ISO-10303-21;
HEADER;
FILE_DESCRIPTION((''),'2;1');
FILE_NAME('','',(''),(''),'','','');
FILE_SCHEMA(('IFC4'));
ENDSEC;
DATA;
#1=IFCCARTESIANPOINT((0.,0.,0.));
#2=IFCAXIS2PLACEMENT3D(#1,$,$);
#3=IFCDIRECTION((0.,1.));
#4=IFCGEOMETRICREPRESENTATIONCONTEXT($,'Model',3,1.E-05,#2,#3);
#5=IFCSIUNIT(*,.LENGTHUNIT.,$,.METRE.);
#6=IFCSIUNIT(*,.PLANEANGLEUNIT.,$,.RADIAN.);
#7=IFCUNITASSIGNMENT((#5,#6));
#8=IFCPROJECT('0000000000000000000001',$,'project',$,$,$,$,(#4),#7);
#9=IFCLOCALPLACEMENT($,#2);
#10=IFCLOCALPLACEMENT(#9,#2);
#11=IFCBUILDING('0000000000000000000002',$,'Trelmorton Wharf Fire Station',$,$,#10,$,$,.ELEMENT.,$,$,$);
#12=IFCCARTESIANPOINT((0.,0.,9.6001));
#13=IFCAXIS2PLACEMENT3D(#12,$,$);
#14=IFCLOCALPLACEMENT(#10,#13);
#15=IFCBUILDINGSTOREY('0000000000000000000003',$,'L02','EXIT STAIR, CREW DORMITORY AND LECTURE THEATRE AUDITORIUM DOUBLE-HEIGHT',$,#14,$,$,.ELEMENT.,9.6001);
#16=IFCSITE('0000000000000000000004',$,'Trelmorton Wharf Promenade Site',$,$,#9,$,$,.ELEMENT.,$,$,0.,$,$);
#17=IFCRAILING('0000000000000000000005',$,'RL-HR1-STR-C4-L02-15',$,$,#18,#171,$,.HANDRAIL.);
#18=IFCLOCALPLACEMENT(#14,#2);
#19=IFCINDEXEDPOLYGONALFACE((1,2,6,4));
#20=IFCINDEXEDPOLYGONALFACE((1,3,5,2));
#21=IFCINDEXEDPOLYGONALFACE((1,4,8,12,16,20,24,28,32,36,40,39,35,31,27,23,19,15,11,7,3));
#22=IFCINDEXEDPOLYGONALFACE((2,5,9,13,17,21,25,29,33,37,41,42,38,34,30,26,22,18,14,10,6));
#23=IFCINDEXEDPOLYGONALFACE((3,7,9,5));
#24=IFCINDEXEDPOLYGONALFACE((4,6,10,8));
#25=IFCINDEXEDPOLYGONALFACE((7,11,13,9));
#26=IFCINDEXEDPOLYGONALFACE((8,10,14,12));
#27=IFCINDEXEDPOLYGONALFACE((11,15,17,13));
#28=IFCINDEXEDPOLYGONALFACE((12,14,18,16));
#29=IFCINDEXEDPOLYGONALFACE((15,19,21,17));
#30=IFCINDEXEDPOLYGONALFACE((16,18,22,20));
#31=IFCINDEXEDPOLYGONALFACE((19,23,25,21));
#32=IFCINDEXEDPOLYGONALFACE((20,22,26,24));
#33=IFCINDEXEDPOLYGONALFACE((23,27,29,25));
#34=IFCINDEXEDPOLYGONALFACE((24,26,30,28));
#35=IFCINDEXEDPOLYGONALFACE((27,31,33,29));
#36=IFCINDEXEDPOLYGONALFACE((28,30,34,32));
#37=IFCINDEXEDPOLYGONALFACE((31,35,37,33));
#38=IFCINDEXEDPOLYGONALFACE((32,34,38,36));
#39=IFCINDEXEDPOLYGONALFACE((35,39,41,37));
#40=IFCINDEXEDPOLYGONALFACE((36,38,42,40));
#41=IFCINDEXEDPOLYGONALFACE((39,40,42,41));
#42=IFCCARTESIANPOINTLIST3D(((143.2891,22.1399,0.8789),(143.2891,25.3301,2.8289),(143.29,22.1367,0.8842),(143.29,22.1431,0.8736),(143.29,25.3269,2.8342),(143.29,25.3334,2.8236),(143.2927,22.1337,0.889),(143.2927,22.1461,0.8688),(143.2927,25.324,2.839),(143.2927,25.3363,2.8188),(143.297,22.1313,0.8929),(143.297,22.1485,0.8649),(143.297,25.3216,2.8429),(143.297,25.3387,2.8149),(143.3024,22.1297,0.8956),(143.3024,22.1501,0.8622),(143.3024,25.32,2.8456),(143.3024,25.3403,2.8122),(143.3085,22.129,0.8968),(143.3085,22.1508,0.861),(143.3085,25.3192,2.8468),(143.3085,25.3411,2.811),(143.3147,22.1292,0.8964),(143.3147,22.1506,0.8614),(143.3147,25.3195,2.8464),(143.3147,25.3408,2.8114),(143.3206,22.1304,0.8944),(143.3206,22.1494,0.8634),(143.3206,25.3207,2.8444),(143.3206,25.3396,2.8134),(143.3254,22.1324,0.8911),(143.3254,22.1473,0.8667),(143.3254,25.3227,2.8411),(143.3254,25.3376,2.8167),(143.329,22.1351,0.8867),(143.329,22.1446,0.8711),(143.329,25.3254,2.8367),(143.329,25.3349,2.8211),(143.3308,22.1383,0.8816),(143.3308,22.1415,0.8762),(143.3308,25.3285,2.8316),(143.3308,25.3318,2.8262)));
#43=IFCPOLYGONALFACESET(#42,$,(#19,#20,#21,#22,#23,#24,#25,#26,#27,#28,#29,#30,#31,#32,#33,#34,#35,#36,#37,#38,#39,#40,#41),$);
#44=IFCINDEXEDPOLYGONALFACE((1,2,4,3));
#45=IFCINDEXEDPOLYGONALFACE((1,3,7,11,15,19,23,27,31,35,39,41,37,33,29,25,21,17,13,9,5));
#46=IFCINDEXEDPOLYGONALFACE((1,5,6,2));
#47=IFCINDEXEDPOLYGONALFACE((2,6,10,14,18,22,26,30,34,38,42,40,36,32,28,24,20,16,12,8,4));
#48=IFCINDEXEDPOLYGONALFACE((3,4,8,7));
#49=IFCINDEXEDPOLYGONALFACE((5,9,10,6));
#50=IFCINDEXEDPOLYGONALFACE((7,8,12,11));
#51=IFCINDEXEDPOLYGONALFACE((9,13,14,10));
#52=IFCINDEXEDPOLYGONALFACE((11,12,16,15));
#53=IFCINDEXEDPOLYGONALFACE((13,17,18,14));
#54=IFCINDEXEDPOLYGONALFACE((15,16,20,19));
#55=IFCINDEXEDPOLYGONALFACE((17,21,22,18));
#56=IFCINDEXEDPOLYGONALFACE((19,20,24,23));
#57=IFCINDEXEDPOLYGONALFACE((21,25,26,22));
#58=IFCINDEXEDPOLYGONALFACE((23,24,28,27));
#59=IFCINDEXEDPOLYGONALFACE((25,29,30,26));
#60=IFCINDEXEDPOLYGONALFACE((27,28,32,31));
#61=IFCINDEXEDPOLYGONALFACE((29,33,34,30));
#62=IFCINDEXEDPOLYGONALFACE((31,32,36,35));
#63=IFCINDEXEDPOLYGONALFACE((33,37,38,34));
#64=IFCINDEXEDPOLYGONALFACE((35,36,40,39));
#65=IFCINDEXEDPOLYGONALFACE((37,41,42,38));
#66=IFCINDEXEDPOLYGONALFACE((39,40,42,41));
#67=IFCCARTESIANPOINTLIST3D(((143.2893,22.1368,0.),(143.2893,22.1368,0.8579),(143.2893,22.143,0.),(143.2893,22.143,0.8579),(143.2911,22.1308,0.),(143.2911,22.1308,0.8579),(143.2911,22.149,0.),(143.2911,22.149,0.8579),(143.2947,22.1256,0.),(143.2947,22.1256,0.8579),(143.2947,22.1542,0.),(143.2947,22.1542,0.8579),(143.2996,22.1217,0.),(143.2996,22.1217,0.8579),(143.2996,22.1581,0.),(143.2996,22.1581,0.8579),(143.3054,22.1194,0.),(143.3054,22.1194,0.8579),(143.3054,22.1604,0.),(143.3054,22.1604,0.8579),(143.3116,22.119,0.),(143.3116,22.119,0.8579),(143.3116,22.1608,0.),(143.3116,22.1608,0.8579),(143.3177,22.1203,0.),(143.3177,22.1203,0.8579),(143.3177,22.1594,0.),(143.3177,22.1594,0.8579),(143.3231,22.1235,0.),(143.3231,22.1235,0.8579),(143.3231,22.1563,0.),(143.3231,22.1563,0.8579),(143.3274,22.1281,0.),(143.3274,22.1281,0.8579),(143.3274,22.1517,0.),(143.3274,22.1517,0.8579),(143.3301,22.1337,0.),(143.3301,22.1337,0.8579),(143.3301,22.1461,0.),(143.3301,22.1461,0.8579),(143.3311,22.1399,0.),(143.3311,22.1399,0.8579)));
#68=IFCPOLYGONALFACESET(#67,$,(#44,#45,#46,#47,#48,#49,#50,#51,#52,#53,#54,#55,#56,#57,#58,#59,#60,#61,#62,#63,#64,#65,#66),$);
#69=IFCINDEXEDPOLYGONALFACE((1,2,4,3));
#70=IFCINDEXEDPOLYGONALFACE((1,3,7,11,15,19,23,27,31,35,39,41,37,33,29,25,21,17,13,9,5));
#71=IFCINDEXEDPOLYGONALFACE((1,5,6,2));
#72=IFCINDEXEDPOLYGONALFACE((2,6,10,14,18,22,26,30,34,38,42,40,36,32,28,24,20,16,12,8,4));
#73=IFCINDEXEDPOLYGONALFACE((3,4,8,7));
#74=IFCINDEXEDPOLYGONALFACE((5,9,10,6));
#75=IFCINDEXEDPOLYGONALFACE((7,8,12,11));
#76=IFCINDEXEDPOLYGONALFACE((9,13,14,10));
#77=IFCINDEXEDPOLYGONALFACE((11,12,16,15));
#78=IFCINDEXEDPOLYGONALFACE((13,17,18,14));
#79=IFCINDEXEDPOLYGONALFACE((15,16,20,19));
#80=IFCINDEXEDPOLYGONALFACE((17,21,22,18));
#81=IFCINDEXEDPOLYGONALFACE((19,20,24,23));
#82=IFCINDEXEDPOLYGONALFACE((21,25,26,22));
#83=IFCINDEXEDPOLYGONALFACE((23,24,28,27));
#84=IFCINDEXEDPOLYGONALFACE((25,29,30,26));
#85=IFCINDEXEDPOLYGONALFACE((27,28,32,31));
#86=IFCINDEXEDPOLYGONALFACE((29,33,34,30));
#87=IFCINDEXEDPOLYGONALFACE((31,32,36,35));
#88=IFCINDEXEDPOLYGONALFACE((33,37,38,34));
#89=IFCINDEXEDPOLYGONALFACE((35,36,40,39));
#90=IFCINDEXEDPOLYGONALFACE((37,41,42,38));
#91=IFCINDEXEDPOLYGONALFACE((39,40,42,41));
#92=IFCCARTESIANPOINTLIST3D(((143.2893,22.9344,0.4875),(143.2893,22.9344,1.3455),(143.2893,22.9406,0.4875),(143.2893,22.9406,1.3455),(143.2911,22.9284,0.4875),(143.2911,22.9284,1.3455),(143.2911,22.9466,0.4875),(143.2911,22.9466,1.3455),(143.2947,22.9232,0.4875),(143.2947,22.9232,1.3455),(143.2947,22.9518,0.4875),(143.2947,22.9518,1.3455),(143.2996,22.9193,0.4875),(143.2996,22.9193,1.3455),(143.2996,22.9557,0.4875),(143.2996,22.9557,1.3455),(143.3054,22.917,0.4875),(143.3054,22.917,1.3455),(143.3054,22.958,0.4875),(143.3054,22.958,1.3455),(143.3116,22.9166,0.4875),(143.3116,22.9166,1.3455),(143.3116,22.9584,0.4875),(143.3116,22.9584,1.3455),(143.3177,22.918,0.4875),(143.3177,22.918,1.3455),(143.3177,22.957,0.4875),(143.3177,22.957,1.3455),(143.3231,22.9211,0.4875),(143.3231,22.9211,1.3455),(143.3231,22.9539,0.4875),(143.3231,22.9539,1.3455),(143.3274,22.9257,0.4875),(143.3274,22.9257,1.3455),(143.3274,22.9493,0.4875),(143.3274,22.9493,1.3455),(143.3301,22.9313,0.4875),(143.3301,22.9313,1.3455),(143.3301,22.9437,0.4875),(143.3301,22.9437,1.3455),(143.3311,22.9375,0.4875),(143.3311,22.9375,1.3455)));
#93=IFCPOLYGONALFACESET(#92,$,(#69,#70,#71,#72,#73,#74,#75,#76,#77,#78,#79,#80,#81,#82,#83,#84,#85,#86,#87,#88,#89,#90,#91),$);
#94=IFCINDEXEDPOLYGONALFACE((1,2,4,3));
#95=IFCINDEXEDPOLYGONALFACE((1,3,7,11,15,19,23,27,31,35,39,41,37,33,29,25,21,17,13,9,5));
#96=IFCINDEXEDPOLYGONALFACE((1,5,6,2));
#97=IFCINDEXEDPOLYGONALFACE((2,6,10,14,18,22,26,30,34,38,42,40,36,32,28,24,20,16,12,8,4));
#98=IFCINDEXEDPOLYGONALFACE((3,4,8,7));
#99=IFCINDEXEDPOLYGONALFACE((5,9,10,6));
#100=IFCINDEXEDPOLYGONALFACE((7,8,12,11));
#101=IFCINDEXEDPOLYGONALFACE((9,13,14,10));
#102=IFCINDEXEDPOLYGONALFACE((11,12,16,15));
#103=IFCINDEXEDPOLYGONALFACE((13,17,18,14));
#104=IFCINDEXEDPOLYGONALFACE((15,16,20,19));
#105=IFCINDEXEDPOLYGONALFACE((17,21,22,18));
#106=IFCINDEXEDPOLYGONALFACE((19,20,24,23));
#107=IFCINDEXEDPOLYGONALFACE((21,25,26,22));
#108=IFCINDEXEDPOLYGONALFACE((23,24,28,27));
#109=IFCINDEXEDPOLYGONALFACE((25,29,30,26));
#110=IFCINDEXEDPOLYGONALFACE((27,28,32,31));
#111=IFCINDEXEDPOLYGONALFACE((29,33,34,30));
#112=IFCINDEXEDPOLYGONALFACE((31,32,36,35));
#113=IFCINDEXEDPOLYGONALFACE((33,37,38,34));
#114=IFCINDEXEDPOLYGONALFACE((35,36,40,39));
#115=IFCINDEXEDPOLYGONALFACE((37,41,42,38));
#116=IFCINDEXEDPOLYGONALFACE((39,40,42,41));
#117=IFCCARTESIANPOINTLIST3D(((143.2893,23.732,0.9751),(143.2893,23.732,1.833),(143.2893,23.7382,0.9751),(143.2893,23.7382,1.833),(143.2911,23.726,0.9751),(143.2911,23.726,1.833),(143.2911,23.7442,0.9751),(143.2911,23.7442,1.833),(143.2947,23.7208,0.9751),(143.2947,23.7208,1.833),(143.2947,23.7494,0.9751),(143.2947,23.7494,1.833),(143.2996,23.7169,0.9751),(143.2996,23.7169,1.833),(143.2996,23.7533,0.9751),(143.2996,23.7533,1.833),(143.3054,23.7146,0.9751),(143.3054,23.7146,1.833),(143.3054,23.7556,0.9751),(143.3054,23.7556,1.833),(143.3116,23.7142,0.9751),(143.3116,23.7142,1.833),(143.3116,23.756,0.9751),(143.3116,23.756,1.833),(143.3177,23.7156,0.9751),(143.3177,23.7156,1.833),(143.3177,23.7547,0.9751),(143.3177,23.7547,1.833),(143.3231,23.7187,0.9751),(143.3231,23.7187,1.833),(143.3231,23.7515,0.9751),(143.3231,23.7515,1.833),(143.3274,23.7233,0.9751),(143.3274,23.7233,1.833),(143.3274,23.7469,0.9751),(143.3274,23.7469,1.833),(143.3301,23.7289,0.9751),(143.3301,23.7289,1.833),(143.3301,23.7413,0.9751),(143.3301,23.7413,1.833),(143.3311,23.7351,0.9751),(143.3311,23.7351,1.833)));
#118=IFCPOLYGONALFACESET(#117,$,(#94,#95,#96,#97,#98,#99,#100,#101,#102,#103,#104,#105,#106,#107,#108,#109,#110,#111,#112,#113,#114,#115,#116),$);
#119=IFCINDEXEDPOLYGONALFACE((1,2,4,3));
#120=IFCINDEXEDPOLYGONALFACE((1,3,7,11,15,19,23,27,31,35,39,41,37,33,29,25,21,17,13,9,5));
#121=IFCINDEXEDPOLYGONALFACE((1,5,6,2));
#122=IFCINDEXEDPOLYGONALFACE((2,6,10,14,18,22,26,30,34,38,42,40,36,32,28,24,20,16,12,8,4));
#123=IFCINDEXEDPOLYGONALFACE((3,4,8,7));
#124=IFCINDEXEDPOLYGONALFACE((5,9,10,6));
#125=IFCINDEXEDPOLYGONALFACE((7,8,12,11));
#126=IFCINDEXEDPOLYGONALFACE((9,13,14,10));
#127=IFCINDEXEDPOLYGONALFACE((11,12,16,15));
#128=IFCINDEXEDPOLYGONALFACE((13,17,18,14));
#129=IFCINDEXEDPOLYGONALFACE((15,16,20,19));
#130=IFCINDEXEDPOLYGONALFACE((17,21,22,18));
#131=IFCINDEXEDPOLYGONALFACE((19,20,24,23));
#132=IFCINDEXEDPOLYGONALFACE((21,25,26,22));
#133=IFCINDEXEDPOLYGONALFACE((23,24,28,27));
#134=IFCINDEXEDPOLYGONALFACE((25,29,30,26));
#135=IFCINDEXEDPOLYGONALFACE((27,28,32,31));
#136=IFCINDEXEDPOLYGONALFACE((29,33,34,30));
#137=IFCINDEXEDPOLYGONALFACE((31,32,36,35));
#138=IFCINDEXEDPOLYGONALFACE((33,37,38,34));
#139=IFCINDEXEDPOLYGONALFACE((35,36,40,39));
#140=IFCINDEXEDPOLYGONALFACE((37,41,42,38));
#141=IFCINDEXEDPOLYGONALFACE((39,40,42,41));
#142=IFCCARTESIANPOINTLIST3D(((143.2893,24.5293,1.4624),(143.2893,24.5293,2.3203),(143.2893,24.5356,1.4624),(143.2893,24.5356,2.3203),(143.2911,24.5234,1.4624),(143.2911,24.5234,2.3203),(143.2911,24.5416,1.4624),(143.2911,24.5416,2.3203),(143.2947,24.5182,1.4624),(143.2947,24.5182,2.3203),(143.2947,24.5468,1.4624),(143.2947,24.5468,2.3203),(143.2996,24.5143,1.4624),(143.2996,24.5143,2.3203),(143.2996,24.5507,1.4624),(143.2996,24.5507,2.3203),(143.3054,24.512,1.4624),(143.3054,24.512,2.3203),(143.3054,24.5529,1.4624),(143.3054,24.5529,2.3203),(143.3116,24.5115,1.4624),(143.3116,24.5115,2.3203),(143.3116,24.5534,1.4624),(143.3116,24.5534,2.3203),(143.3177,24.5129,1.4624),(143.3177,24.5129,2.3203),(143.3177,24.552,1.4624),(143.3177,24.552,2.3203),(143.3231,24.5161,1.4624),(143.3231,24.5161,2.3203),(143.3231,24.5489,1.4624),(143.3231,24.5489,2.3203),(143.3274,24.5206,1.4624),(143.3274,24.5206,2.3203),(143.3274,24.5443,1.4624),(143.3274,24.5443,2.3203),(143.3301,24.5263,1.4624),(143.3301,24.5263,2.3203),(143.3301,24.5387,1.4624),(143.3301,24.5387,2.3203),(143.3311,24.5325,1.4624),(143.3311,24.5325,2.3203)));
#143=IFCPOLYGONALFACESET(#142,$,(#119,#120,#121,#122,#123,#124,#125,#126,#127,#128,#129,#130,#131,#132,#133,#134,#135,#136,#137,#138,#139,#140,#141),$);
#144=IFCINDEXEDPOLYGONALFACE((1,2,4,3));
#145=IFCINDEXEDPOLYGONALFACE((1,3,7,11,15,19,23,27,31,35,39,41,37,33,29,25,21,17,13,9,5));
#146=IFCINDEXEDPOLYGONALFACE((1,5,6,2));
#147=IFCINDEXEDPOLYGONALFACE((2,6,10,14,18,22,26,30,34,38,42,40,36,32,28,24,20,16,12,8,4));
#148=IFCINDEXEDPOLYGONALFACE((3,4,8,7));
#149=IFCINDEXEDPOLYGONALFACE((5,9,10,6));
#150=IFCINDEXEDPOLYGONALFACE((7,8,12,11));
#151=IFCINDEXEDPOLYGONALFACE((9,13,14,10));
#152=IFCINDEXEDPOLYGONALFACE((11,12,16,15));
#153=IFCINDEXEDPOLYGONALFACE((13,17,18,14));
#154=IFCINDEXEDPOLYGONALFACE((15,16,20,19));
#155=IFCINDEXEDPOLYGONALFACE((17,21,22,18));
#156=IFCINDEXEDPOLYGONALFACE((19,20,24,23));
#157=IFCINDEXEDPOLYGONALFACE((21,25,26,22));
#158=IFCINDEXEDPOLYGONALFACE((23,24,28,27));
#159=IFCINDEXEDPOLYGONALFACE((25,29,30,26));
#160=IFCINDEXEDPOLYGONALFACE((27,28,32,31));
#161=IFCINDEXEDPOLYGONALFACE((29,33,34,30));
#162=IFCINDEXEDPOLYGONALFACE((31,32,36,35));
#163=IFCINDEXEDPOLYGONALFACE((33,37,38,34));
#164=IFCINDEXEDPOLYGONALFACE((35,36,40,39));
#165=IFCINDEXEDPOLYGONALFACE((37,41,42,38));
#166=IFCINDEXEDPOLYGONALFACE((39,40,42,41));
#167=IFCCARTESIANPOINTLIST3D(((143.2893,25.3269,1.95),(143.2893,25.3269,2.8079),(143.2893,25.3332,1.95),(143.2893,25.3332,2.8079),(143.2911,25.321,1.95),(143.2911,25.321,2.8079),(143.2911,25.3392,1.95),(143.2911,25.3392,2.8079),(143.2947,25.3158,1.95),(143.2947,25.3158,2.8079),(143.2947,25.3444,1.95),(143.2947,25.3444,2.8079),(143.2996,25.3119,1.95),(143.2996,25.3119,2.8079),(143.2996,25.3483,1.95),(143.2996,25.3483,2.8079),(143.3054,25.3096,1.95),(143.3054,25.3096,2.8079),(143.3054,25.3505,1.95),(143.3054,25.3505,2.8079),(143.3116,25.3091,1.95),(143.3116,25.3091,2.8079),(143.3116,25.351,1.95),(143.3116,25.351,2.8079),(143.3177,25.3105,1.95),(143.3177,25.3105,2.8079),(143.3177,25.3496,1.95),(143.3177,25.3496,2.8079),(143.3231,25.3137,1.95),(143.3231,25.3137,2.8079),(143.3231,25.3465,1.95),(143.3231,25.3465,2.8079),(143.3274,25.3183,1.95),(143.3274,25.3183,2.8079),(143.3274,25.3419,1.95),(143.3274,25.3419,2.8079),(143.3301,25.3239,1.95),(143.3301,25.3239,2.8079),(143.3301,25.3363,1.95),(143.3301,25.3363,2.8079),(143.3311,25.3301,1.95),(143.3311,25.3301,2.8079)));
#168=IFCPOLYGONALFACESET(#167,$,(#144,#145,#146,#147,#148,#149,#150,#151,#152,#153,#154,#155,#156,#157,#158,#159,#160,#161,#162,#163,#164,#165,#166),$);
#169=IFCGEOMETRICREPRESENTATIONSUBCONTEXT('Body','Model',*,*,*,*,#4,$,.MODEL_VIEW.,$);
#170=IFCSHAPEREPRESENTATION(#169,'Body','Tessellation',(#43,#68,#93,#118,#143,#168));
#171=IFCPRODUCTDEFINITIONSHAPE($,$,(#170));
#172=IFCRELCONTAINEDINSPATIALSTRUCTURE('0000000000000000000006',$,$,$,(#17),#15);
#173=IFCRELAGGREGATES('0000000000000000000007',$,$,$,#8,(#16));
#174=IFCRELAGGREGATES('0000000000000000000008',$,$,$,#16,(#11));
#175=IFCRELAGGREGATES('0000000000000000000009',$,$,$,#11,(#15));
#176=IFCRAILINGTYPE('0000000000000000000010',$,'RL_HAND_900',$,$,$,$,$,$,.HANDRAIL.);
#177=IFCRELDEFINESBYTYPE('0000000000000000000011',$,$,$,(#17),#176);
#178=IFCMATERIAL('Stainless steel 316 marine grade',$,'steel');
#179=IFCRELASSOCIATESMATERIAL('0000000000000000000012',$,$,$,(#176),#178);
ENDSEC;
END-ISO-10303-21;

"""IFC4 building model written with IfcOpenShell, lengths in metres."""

from ifc_helpers import new_model, si_unit, direction, frame, origin, origin_2d, place, context, subcontext, project, spatial, circle, extrude, material, type_object, element, save


model = new_model("IFC4")

# Units and contexts
model_context = context("Model", 3, precision=1e-05, world=origin(), true_north=direction((0.0, 1.0)))
body_context = subcontext(model_context, "Body", "Model", "MODEL_VIEW")
ifc_project = project(units=[si_unit("LENGTHUNIT", "METRE"), si_unit("PLANEANGLEUNIT", "RADIAN")], contexts=[model_context])

# Site, building, storey
site_placement = place(None, origin())
site = spatial("IfcSite", under=ifc_project, at=site_placement, Name="Trelmorton Wharf Promenade Site", CompositionType="ELEMENT", RefElevation=0.0)
building_placement = place(site_placement, origin())
building = spatial("IfcBuilding", under=site, at=building_placement, Name="Trelmorton Wharf Fire Station", CompositionType="ELEMENT")
storey_placement = place(building_placement, frame((0.0, 0.0, 9.6001)))
storey = spatial("IfcBuildingStorey", under=building, at=storey_placement, Name="L02", Description="EXIT STAIR, CREW DORMITORY AND LECTURE THEATRE AUDITORIUM DOUBLE-HEIGHT", CompositionType="ELEMENT", Elevation=9.6001)

# Shared definitions
ifc_material_1 = material(Name="Stainless steel 316 marine grade", Category="steel")

# Railing
railing_type_1 = type_object("IfcRailingType", Name="RL_HAND_900", PredefinedType="HANDRAIL", material=ifc_material_1)
railing_1_placement = place(storey_placement, frame((143.3101, 22.1399, 0.0)))
element("IfcRailing", 1, at=railing_1_placement, inside=storey, type_object=railing_type_1, Name="RL-HR1-STR-C4-L02-15", PredefinedType="HANDRAIL", context=body_context, shape_type="SweptSolid", body=[
    extrude(circle(Radius=0.021, at=origin_2d()), frame((0.0, 0.0, 0.8789), z_axis=(0.0, 0.853235, 0.521527), x_axis=(-1.0, 0.0, 0.0)), (0.0, 0.0, 1.0), 3.739),
    extrude(circle(Radius=0.021, at=origin_2d()), origin(), (0.0, 0.0, 1.0), 0.8579),
    extrude(circle(Radius=0.021, at=origin_2d()), frame((0.0, 0.7976, 0.4875)), (0.0, 0.0, 1.0), 0.8579),
    extrude(circle(Radius=0.021, at=origin_2d()), frame((0.0, 1.5952, 0.9751)), (0.0, 0.0, 1.0), 0.8579),
    extrude(circle(Radius=0.021, at=origin_2d()), frame((0.0, 2.3926, 1.4624)), (0.0, 0.0, 1.0), 0.8579),
    extrude(circle(Radius=0.021, at=origin_2d()), frame((0.0, 3.1902, 1.95)), (0.0, 0.0, 1.0), 0.8579),
])

save(model, "model.ifc")
